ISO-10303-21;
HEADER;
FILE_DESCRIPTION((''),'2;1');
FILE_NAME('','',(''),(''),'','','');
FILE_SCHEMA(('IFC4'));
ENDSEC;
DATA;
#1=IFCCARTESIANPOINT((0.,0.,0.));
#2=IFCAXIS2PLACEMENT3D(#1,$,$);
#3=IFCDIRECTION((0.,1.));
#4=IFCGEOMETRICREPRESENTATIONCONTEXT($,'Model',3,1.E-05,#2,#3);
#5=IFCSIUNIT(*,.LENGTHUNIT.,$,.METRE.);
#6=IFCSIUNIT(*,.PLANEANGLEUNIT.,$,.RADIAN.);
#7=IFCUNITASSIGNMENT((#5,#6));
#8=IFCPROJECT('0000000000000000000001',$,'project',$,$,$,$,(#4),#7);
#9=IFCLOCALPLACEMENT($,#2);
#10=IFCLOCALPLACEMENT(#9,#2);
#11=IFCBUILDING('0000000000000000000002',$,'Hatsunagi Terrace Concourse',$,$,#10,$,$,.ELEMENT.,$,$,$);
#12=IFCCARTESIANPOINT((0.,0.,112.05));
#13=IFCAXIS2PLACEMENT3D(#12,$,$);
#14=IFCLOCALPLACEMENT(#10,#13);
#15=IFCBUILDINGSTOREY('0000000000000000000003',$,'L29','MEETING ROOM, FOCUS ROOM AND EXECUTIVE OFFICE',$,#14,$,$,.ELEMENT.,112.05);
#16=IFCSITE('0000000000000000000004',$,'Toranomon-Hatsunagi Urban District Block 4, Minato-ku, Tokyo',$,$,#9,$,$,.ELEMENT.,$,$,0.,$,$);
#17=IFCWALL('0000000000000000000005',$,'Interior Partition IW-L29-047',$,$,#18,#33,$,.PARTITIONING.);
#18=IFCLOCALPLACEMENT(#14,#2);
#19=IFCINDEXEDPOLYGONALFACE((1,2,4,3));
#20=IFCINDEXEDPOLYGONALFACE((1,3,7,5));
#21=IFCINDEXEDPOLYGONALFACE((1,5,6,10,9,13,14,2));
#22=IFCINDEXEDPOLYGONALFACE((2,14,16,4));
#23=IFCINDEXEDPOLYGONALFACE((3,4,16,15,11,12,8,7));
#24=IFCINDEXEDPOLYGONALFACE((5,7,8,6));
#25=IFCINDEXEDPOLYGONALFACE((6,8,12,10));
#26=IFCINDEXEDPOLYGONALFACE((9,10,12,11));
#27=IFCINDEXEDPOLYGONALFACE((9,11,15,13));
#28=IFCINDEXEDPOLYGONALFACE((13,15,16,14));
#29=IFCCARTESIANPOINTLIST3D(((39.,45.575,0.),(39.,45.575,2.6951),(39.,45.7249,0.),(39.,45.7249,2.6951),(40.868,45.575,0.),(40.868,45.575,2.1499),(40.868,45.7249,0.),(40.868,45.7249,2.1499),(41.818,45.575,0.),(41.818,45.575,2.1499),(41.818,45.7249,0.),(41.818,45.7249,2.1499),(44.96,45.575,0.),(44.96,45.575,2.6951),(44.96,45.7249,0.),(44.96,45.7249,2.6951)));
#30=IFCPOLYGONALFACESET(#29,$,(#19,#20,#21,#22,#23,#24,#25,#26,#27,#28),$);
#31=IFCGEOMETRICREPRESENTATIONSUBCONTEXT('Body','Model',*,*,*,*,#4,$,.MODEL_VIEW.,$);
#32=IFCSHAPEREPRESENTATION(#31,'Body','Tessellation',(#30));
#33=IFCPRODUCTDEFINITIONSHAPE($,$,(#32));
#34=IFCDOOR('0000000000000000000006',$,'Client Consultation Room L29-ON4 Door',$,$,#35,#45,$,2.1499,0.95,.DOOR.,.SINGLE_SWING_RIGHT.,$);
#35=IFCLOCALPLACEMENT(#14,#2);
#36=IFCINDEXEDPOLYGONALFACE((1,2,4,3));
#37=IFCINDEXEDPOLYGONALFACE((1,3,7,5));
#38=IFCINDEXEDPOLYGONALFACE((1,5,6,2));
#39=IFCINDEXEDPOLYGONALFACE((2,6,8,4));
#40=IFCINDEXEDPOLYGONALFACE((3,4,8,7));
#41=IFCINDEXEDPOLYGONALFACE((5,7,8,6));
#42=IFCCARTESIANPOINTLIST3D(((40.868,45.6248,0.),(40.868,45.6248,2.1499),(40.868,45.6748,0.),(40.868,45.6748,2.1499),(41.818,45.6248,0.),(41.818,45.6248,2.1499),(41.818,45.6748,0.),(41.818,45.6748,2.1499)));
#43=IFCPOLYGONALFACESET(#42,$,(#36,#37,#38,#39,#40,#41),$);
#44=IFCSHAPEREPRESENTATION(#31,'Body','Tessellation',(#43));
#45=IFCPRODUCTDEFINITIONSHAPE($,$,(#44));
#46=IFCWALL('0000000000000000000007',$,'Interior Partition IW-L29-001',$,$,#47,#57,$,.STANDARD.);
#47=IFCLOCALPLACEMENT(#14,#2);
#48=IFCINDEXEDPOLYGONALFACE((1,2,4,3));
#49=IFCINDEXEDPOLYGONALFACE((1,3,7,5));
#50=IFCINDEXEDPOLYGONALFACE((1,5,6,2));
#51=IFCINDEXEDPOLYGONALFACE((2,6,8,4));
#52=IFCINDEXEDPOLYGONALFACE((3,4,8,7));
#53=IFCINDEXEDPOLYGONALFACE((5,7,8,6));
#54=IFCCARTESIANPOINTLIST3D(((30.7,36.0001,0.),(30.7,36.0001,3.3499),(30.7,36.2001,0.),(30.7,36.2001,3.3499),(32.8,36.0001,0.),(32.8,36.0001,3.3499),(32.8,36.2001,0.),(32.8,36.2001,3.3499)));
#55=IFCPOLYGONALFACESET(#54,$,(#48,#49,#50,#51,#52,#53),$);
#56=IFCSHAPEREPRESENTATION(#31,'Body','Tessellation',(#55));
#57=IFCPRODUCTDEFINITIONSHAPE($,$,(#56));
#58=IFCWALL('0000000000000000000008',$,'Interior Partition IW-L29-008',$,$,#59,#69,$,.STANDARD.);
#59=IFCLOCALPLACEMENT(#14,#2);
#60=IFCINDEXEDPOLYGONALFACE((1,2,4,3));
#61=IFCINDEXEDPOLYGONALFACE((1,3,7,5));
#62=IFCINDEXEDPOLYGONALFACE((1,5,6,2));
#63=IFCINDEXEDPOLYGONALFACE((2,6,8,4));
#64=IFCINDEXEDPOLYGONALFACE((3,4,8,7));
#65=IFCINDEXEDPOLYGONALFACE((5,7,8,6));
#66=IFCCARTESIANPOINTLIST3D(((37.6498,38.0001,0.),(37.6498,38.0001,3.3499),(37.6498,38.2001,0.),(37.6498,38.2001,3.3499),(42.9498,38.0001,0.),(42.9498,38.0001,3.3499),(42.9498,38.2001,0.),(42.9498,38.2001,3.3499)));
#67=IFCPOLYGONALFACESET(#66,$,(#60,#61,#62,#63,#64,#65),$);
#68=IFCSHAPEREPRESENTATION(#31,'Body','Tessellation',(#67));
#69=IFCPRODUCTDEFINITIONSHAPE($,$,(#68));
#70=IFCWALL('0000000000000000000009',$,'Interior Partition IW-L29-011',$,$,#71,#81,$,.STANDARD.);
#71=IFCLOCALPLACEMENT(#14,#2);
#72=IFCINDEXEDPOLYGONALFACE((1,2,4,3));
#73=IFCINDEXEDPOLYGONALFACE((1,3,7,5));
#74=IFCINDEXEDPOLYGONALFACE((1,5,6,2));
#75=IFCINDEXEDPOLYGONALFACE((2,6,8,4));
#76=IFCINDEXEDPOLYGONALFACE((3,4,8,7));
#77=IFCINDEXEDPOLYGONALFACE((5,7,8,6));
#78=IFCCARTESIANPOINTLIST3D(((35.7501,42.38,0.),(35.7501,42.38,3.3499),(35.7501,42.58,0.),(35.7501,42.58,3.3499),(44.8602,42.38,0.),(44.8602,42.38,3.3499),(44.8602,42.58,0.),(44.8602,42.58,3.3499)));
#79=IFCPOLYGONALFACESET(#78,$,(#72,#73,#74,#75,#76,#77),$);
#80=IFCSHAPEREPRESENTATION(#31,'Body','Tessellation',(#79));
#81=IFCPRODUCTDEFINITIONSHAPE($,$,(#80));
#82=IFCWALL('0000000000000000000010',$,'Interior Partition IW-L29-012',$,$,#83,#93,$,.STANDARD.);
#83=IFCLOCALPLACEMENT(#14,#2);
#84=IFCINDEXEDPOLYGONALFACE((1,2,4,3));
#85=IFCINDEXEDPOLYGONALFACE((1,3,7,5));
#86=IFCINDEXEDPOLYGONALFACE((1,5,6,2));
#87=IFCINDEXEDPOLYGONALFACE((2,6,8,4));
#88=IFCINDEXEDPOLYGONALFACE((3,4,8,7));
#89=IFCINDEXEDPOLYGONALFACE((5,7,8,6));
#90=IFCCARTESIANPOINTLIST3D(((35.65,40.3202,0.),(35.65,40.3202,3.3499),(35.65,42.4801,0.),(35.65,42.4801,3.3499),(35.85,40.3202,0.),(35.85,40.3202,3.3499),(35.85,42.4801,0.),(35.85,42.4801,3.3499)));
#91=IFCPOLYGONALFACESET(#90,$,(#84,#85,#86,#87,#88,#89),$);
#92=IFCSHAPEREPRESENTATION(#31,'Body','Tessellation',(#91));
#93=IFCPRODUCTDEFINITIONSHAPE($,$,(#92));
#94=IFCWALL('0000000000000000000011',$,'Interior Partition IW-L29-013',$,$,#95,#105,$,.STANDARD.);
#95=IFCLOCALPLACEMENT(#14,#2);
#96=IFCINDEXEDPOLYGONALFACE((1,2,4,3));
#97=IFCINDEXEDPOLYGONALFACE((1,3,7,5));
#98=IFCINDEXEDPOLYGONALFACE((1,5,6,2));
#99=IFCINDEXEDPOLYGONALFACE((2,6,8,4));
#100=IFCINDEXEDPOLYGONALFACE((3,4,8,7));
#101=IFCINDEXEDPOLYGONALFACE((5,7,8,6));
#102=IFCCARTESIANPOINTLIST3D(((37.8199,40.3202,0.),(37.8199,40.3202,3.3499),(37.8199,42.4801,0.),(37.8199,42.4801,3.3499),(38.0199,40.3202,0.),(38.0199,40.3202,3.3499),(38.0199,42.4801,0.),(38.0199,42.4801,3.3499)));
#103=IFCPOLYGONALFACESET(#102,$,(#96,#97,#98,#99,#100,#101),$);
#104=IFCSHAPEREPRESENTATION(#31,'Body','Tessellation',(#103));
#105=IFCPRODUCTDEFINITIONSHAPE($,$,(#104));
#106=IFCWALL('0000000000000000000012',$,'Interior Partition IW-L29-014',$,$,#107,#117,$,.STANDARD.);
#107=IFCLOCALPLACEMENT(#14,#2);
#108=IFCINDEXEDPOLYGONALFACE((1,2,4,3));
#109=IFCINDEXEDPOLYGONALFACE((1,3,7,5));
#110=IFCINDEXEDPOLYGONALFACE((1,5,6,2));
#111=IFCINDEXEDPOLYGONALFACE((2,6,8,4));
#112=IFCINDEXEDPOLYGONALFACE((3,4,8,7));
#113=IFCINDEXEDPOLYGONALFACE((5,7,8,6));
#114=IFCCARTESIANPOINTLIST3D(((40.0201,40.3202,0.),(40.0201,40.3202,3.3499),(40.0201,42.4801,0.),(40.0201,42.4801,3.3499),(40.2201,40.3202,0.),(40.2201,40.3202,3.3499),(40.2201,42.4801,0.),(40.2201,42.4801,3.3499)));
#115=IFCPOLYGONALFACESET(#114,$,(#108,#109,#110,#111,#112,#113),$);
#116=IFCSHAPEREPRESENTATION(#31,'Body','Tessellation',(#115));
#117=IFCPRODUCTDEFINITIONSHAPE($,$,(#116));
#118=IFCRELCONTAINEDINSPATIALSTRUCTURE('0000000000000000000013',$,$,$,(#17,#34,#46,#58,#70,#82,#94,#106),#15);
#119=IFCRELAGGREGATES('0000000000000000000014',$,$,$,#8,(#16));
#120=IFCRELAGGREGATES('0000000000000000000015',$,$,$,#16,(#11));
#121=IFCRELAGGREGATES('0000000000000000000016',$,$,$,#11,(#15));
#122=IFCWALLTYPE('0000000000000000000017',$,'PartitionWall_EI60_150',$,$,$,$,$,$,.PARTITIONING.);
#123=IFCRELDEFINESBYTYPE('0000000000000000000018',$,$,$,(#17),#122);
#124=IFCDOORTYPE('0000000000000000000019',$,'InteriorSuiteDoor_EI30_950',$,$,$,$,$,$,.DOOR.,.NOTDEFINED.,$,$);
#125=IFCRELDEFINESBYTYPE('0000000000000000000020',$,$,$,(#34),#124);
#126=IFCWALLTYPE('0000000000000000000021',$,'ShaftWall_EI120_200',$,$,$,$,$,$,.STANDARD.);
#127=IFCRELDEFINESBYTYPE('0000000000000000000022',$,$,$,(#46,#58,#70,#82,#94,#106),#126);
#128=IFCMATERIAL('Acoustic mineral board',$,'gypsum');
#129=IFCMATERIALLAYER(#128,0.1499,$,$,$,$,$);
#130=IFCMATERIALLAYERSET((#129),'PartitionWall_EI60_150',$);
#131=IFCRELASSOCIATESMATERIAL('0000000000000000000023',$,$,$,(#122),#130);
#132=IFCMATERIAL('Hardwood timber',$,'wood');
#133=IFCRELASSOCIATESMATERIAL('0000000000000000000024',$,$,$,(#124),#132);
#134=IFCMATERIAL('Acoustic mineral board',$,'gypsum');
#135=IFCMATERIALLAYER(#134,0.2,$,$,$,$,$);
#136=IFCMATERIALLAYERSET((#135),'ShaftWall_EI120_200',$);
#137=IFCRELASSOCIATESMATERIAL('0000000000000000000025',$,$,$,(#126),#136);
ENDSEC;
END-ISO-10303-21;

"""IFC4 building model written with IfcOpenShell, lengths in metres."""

from ifc_helpers import new_model, si_unit, direction, frame, frame_2d, origin, place, context, subcontext, project, spatial, rectangle, extrude, material, layer, layer_set, type_object, element, fill, save


model = new_model("IFC4")

# Units and contexts
model_context = context("Model", 3, precision=1e-05, world=origin(), true_north=direction((0.0, 1.0)))
body_context = subcontext(model_context, "Body", "Model", "MODEL_VIEW")
ifc_project = project(units=[si_unit("LENGTHUNIT", "METRE"), si_unit("PLANEANGLEUNIT", "RADIAN")], contexts=[model_context])

# Site, building, storey
site_placement = place(None, origin())
site = spatial("IfcSite", under=ifc_project, at=site_placement, Name="Toranomon-Hatsunagi Urban District Block 4, Minato-ku, Tokyo", CompositionType="ELEMENT", RefElevation=0.0)
building_placement = place(site_placement, origin())
building = spatial("IfcBuilding", under=site, at=building_placement, Name="Hatsunagi Terrace Concourse", CompositionType="ELEMENT")
storey_placement = place(building_placement, frame((0.0, 0.0, 112.05)))
storey = spatial("IfcBuildingStorey", under=building, at=storey_placement, Name="L29", Description="MEETING ROOM, FOCUS ROOM AND EXECUTIVE OFFICE", CompositionType="ELEMENT", Elevation=112.05)

# Shared definitions
ifc_material_1 = material(Name="Acoustic mineral board", Category="gypsum")
ifc_layer_1 = layer(ifc_material_1, 0.1499)
ifc_layer_set_1 = layer_set([ifc_layer_1], Name="PartitionWall_EI60_150")
wall_type_1 = type_object("IfcWallType", Name="PartitionWall_EI60_150", PredefinedType="PARTITIONING", material=ifc_layer_set_1)

# Shared definitions
ifc_material_2 = material(Name="Hardwood timber", Category="wood")
door_type_1 = type_object("IfcDoorType", Name="InteriorSuiteDoor_EI30_950", OperationType="NOTDEFINED", PredefinedType="DOOR", material=ifc_material_2)

# Wall, opening, door
wall_1_placement = place(storey_placement, frame((39.0, 45.6499, 0.0), z_axis=(0.0, 0.0, 1.0), x_axis=(1.0, 0.0, 0.0)))
wall_1 = element("IfcWall", 1, at=wall_1_placement, inside=storey, type_object=wall_type_1, Name="Interior Partition IW-L29-047", PredefinedType="PARTITIONING", context=body_context, shape_type="SweptSolid", body=[
    extrude(rectangle(XDim=5.96, YDim=0.1499, at=frame_2d((2.98, 0.0))), origin(), (0.0, 0.0, 1.0), 2.6951),
])
opening_1_placement = place(wall_1_placement, frame((1.8679, 0.0, 0.0)))
opening_1 = element("IfcOpeningElement", 2, at=opening_1_placement, cuts=wall_1, PredefinedType="OPENING", context=body_context, shape_type="SweptSolid", body=[
    extrude(rectangle(XDim=0.95, YDim=2.1499, at=frame_2d((0.4751, 1.075))), frame((0.0, 0.085, 0.0), z_axis=(0.0, -1.0, 0.0), x_axis=(1.0, 0.0, 0.0)), (0.0, 0.0, 1.0), 0.1699),
])
door_1_placement = place(opening_1_placement, origin())
door_1 = element("IfcDoor", 3, at=door_1_placement, inside=storey, type_object=door_type_1, Name="Client Consultation Room L29-ON4 Door", OperationType="SINGLE_SWING_RIGHT", OverallHeight=2.1499, OverallWidth=0.95, PredefinedType="DOOR", context=body_context, shape_type="SweptSolid", body=[
    extrude(rectangle(XDim=0.95, YDim=2.1499, at=frame_2d((0.4751, 1.075))), frame((0.0, 0.0249, 0.0), z_axis=(0.0, -1.0, 0.0), x_axis=(1.0, 0.0, 0.0)), (0.0, 0.0, 1.0), 0.05),
])
fill(opening_1, door_1)

# Walls
ifc_material_3 = material(Name="Acoustic mineral board", Category="gypsum")
ifc_layer_2 = layer(ifc_material_3, 0.2)
ifc_layer_set_2 = layer_set([ifc_layer_2], Name="ShaftWall_EI120_200")
wall_type_2 = type_object("IfcWallType", Name="ShaftWall_EI120_200", PredefinedType="STANDARD", material=ifc_layer_set_2)
wall_2_placement = place(storey_placement, frame((30.7, 36.1001, 0.0), z_axis=(0.0, 0.0, 1.0), x_axis=(1.0, 0.0, 0.0)))
element("IfcWall", 4, at=wall_2_placement, inside=storey, type_object=wall_type_2, Name="Interior Partition IW-L29-001", PredefinedType="STANDARD", context=body_context, shape_type="SweptSolid", body=[
    extrude(rectangle(XDim=2.1001, YDim=0.2, at=frame_2d((1.05, 0.0))), origin(), (0.0, 0.0, 1.0), 3.3499),
])
wall_3_placement = place(storey_placement, frame((37.6499, 38.1001, 0.0), z_axis=(0.0, 0.0, 1.0), x_axis=(1.0, 0.0, 0.0)))
element("IfcWall", 5, at=wall_3_placement, inside=storey, type_object=wall_type_2, Name="Interior Partition IW-L29-008", PredefinedType="STANDARD", context=body_context, shape_type="SweptSolid", body=[
    extrude(rectangle(XDim=5.3, YDim=0.2, at=frame_2d((2.6499, 0.0))), origin(), (0.0, 0.0, 1.0), 3.3499),
])
wall_4_placement = place(storey_placement, frame((35.75, 42.48, 0.0), z_axis=(0.0, 0.0, 1.0), x_axis=(1.0, 0.0, 0.0)))
element("IfcWall", 6, at=wall_4_placement, inside=storey, type_object=wall_type_2, Name="Interior Partition IW-L29-011", PredefinedType="STANDARD", context=body_context, shape_type="SweptSolid", body=[
    extrude(rectangle(XDim=9.1101, YDim=0.2, at=frame_2d((4.5552, 0.0))), origin(), (0.0, 0.0, 1.0), 3.3499),
])
for number, where, z_axis, x_axis, name in (
    (7, (35.75, 40.3201, 0.0), (0.0, 0.0, 1.0), (0.0, 1.0, 0.0), "Interior Partition IW-L29-012"),
    (8, (37.9199, 40.3201, 0.0), (0.0, 0.0, 1.0), (0.0, 1.0, 0.0), "Interior Partition IW-L29-013"),
    (9, (40.1201, 40.3201, 0.0), (0.0, 0.0, 1.0), (0.0, 1.0, 0.0), "Interior Partition IW-L29-014"),
):
    element("IfcWall", number, at=place(storey_placement, frame(where, z_axis=z_axis, x_axis=x_axis)), inside=storey, type_object=wall_type_2, Name=name, PredefinedType="STANDARD", context=body_context, shape_type="SweptSolid", body=[
        extrude(rectangle(XDim=2.1599, YDim=0.2, at=frame_2d((1.0801, 0.0))), origin(), (0.0, 0.0, 1.0), 3.3499),
    ])

save(model, "model.ifc")
